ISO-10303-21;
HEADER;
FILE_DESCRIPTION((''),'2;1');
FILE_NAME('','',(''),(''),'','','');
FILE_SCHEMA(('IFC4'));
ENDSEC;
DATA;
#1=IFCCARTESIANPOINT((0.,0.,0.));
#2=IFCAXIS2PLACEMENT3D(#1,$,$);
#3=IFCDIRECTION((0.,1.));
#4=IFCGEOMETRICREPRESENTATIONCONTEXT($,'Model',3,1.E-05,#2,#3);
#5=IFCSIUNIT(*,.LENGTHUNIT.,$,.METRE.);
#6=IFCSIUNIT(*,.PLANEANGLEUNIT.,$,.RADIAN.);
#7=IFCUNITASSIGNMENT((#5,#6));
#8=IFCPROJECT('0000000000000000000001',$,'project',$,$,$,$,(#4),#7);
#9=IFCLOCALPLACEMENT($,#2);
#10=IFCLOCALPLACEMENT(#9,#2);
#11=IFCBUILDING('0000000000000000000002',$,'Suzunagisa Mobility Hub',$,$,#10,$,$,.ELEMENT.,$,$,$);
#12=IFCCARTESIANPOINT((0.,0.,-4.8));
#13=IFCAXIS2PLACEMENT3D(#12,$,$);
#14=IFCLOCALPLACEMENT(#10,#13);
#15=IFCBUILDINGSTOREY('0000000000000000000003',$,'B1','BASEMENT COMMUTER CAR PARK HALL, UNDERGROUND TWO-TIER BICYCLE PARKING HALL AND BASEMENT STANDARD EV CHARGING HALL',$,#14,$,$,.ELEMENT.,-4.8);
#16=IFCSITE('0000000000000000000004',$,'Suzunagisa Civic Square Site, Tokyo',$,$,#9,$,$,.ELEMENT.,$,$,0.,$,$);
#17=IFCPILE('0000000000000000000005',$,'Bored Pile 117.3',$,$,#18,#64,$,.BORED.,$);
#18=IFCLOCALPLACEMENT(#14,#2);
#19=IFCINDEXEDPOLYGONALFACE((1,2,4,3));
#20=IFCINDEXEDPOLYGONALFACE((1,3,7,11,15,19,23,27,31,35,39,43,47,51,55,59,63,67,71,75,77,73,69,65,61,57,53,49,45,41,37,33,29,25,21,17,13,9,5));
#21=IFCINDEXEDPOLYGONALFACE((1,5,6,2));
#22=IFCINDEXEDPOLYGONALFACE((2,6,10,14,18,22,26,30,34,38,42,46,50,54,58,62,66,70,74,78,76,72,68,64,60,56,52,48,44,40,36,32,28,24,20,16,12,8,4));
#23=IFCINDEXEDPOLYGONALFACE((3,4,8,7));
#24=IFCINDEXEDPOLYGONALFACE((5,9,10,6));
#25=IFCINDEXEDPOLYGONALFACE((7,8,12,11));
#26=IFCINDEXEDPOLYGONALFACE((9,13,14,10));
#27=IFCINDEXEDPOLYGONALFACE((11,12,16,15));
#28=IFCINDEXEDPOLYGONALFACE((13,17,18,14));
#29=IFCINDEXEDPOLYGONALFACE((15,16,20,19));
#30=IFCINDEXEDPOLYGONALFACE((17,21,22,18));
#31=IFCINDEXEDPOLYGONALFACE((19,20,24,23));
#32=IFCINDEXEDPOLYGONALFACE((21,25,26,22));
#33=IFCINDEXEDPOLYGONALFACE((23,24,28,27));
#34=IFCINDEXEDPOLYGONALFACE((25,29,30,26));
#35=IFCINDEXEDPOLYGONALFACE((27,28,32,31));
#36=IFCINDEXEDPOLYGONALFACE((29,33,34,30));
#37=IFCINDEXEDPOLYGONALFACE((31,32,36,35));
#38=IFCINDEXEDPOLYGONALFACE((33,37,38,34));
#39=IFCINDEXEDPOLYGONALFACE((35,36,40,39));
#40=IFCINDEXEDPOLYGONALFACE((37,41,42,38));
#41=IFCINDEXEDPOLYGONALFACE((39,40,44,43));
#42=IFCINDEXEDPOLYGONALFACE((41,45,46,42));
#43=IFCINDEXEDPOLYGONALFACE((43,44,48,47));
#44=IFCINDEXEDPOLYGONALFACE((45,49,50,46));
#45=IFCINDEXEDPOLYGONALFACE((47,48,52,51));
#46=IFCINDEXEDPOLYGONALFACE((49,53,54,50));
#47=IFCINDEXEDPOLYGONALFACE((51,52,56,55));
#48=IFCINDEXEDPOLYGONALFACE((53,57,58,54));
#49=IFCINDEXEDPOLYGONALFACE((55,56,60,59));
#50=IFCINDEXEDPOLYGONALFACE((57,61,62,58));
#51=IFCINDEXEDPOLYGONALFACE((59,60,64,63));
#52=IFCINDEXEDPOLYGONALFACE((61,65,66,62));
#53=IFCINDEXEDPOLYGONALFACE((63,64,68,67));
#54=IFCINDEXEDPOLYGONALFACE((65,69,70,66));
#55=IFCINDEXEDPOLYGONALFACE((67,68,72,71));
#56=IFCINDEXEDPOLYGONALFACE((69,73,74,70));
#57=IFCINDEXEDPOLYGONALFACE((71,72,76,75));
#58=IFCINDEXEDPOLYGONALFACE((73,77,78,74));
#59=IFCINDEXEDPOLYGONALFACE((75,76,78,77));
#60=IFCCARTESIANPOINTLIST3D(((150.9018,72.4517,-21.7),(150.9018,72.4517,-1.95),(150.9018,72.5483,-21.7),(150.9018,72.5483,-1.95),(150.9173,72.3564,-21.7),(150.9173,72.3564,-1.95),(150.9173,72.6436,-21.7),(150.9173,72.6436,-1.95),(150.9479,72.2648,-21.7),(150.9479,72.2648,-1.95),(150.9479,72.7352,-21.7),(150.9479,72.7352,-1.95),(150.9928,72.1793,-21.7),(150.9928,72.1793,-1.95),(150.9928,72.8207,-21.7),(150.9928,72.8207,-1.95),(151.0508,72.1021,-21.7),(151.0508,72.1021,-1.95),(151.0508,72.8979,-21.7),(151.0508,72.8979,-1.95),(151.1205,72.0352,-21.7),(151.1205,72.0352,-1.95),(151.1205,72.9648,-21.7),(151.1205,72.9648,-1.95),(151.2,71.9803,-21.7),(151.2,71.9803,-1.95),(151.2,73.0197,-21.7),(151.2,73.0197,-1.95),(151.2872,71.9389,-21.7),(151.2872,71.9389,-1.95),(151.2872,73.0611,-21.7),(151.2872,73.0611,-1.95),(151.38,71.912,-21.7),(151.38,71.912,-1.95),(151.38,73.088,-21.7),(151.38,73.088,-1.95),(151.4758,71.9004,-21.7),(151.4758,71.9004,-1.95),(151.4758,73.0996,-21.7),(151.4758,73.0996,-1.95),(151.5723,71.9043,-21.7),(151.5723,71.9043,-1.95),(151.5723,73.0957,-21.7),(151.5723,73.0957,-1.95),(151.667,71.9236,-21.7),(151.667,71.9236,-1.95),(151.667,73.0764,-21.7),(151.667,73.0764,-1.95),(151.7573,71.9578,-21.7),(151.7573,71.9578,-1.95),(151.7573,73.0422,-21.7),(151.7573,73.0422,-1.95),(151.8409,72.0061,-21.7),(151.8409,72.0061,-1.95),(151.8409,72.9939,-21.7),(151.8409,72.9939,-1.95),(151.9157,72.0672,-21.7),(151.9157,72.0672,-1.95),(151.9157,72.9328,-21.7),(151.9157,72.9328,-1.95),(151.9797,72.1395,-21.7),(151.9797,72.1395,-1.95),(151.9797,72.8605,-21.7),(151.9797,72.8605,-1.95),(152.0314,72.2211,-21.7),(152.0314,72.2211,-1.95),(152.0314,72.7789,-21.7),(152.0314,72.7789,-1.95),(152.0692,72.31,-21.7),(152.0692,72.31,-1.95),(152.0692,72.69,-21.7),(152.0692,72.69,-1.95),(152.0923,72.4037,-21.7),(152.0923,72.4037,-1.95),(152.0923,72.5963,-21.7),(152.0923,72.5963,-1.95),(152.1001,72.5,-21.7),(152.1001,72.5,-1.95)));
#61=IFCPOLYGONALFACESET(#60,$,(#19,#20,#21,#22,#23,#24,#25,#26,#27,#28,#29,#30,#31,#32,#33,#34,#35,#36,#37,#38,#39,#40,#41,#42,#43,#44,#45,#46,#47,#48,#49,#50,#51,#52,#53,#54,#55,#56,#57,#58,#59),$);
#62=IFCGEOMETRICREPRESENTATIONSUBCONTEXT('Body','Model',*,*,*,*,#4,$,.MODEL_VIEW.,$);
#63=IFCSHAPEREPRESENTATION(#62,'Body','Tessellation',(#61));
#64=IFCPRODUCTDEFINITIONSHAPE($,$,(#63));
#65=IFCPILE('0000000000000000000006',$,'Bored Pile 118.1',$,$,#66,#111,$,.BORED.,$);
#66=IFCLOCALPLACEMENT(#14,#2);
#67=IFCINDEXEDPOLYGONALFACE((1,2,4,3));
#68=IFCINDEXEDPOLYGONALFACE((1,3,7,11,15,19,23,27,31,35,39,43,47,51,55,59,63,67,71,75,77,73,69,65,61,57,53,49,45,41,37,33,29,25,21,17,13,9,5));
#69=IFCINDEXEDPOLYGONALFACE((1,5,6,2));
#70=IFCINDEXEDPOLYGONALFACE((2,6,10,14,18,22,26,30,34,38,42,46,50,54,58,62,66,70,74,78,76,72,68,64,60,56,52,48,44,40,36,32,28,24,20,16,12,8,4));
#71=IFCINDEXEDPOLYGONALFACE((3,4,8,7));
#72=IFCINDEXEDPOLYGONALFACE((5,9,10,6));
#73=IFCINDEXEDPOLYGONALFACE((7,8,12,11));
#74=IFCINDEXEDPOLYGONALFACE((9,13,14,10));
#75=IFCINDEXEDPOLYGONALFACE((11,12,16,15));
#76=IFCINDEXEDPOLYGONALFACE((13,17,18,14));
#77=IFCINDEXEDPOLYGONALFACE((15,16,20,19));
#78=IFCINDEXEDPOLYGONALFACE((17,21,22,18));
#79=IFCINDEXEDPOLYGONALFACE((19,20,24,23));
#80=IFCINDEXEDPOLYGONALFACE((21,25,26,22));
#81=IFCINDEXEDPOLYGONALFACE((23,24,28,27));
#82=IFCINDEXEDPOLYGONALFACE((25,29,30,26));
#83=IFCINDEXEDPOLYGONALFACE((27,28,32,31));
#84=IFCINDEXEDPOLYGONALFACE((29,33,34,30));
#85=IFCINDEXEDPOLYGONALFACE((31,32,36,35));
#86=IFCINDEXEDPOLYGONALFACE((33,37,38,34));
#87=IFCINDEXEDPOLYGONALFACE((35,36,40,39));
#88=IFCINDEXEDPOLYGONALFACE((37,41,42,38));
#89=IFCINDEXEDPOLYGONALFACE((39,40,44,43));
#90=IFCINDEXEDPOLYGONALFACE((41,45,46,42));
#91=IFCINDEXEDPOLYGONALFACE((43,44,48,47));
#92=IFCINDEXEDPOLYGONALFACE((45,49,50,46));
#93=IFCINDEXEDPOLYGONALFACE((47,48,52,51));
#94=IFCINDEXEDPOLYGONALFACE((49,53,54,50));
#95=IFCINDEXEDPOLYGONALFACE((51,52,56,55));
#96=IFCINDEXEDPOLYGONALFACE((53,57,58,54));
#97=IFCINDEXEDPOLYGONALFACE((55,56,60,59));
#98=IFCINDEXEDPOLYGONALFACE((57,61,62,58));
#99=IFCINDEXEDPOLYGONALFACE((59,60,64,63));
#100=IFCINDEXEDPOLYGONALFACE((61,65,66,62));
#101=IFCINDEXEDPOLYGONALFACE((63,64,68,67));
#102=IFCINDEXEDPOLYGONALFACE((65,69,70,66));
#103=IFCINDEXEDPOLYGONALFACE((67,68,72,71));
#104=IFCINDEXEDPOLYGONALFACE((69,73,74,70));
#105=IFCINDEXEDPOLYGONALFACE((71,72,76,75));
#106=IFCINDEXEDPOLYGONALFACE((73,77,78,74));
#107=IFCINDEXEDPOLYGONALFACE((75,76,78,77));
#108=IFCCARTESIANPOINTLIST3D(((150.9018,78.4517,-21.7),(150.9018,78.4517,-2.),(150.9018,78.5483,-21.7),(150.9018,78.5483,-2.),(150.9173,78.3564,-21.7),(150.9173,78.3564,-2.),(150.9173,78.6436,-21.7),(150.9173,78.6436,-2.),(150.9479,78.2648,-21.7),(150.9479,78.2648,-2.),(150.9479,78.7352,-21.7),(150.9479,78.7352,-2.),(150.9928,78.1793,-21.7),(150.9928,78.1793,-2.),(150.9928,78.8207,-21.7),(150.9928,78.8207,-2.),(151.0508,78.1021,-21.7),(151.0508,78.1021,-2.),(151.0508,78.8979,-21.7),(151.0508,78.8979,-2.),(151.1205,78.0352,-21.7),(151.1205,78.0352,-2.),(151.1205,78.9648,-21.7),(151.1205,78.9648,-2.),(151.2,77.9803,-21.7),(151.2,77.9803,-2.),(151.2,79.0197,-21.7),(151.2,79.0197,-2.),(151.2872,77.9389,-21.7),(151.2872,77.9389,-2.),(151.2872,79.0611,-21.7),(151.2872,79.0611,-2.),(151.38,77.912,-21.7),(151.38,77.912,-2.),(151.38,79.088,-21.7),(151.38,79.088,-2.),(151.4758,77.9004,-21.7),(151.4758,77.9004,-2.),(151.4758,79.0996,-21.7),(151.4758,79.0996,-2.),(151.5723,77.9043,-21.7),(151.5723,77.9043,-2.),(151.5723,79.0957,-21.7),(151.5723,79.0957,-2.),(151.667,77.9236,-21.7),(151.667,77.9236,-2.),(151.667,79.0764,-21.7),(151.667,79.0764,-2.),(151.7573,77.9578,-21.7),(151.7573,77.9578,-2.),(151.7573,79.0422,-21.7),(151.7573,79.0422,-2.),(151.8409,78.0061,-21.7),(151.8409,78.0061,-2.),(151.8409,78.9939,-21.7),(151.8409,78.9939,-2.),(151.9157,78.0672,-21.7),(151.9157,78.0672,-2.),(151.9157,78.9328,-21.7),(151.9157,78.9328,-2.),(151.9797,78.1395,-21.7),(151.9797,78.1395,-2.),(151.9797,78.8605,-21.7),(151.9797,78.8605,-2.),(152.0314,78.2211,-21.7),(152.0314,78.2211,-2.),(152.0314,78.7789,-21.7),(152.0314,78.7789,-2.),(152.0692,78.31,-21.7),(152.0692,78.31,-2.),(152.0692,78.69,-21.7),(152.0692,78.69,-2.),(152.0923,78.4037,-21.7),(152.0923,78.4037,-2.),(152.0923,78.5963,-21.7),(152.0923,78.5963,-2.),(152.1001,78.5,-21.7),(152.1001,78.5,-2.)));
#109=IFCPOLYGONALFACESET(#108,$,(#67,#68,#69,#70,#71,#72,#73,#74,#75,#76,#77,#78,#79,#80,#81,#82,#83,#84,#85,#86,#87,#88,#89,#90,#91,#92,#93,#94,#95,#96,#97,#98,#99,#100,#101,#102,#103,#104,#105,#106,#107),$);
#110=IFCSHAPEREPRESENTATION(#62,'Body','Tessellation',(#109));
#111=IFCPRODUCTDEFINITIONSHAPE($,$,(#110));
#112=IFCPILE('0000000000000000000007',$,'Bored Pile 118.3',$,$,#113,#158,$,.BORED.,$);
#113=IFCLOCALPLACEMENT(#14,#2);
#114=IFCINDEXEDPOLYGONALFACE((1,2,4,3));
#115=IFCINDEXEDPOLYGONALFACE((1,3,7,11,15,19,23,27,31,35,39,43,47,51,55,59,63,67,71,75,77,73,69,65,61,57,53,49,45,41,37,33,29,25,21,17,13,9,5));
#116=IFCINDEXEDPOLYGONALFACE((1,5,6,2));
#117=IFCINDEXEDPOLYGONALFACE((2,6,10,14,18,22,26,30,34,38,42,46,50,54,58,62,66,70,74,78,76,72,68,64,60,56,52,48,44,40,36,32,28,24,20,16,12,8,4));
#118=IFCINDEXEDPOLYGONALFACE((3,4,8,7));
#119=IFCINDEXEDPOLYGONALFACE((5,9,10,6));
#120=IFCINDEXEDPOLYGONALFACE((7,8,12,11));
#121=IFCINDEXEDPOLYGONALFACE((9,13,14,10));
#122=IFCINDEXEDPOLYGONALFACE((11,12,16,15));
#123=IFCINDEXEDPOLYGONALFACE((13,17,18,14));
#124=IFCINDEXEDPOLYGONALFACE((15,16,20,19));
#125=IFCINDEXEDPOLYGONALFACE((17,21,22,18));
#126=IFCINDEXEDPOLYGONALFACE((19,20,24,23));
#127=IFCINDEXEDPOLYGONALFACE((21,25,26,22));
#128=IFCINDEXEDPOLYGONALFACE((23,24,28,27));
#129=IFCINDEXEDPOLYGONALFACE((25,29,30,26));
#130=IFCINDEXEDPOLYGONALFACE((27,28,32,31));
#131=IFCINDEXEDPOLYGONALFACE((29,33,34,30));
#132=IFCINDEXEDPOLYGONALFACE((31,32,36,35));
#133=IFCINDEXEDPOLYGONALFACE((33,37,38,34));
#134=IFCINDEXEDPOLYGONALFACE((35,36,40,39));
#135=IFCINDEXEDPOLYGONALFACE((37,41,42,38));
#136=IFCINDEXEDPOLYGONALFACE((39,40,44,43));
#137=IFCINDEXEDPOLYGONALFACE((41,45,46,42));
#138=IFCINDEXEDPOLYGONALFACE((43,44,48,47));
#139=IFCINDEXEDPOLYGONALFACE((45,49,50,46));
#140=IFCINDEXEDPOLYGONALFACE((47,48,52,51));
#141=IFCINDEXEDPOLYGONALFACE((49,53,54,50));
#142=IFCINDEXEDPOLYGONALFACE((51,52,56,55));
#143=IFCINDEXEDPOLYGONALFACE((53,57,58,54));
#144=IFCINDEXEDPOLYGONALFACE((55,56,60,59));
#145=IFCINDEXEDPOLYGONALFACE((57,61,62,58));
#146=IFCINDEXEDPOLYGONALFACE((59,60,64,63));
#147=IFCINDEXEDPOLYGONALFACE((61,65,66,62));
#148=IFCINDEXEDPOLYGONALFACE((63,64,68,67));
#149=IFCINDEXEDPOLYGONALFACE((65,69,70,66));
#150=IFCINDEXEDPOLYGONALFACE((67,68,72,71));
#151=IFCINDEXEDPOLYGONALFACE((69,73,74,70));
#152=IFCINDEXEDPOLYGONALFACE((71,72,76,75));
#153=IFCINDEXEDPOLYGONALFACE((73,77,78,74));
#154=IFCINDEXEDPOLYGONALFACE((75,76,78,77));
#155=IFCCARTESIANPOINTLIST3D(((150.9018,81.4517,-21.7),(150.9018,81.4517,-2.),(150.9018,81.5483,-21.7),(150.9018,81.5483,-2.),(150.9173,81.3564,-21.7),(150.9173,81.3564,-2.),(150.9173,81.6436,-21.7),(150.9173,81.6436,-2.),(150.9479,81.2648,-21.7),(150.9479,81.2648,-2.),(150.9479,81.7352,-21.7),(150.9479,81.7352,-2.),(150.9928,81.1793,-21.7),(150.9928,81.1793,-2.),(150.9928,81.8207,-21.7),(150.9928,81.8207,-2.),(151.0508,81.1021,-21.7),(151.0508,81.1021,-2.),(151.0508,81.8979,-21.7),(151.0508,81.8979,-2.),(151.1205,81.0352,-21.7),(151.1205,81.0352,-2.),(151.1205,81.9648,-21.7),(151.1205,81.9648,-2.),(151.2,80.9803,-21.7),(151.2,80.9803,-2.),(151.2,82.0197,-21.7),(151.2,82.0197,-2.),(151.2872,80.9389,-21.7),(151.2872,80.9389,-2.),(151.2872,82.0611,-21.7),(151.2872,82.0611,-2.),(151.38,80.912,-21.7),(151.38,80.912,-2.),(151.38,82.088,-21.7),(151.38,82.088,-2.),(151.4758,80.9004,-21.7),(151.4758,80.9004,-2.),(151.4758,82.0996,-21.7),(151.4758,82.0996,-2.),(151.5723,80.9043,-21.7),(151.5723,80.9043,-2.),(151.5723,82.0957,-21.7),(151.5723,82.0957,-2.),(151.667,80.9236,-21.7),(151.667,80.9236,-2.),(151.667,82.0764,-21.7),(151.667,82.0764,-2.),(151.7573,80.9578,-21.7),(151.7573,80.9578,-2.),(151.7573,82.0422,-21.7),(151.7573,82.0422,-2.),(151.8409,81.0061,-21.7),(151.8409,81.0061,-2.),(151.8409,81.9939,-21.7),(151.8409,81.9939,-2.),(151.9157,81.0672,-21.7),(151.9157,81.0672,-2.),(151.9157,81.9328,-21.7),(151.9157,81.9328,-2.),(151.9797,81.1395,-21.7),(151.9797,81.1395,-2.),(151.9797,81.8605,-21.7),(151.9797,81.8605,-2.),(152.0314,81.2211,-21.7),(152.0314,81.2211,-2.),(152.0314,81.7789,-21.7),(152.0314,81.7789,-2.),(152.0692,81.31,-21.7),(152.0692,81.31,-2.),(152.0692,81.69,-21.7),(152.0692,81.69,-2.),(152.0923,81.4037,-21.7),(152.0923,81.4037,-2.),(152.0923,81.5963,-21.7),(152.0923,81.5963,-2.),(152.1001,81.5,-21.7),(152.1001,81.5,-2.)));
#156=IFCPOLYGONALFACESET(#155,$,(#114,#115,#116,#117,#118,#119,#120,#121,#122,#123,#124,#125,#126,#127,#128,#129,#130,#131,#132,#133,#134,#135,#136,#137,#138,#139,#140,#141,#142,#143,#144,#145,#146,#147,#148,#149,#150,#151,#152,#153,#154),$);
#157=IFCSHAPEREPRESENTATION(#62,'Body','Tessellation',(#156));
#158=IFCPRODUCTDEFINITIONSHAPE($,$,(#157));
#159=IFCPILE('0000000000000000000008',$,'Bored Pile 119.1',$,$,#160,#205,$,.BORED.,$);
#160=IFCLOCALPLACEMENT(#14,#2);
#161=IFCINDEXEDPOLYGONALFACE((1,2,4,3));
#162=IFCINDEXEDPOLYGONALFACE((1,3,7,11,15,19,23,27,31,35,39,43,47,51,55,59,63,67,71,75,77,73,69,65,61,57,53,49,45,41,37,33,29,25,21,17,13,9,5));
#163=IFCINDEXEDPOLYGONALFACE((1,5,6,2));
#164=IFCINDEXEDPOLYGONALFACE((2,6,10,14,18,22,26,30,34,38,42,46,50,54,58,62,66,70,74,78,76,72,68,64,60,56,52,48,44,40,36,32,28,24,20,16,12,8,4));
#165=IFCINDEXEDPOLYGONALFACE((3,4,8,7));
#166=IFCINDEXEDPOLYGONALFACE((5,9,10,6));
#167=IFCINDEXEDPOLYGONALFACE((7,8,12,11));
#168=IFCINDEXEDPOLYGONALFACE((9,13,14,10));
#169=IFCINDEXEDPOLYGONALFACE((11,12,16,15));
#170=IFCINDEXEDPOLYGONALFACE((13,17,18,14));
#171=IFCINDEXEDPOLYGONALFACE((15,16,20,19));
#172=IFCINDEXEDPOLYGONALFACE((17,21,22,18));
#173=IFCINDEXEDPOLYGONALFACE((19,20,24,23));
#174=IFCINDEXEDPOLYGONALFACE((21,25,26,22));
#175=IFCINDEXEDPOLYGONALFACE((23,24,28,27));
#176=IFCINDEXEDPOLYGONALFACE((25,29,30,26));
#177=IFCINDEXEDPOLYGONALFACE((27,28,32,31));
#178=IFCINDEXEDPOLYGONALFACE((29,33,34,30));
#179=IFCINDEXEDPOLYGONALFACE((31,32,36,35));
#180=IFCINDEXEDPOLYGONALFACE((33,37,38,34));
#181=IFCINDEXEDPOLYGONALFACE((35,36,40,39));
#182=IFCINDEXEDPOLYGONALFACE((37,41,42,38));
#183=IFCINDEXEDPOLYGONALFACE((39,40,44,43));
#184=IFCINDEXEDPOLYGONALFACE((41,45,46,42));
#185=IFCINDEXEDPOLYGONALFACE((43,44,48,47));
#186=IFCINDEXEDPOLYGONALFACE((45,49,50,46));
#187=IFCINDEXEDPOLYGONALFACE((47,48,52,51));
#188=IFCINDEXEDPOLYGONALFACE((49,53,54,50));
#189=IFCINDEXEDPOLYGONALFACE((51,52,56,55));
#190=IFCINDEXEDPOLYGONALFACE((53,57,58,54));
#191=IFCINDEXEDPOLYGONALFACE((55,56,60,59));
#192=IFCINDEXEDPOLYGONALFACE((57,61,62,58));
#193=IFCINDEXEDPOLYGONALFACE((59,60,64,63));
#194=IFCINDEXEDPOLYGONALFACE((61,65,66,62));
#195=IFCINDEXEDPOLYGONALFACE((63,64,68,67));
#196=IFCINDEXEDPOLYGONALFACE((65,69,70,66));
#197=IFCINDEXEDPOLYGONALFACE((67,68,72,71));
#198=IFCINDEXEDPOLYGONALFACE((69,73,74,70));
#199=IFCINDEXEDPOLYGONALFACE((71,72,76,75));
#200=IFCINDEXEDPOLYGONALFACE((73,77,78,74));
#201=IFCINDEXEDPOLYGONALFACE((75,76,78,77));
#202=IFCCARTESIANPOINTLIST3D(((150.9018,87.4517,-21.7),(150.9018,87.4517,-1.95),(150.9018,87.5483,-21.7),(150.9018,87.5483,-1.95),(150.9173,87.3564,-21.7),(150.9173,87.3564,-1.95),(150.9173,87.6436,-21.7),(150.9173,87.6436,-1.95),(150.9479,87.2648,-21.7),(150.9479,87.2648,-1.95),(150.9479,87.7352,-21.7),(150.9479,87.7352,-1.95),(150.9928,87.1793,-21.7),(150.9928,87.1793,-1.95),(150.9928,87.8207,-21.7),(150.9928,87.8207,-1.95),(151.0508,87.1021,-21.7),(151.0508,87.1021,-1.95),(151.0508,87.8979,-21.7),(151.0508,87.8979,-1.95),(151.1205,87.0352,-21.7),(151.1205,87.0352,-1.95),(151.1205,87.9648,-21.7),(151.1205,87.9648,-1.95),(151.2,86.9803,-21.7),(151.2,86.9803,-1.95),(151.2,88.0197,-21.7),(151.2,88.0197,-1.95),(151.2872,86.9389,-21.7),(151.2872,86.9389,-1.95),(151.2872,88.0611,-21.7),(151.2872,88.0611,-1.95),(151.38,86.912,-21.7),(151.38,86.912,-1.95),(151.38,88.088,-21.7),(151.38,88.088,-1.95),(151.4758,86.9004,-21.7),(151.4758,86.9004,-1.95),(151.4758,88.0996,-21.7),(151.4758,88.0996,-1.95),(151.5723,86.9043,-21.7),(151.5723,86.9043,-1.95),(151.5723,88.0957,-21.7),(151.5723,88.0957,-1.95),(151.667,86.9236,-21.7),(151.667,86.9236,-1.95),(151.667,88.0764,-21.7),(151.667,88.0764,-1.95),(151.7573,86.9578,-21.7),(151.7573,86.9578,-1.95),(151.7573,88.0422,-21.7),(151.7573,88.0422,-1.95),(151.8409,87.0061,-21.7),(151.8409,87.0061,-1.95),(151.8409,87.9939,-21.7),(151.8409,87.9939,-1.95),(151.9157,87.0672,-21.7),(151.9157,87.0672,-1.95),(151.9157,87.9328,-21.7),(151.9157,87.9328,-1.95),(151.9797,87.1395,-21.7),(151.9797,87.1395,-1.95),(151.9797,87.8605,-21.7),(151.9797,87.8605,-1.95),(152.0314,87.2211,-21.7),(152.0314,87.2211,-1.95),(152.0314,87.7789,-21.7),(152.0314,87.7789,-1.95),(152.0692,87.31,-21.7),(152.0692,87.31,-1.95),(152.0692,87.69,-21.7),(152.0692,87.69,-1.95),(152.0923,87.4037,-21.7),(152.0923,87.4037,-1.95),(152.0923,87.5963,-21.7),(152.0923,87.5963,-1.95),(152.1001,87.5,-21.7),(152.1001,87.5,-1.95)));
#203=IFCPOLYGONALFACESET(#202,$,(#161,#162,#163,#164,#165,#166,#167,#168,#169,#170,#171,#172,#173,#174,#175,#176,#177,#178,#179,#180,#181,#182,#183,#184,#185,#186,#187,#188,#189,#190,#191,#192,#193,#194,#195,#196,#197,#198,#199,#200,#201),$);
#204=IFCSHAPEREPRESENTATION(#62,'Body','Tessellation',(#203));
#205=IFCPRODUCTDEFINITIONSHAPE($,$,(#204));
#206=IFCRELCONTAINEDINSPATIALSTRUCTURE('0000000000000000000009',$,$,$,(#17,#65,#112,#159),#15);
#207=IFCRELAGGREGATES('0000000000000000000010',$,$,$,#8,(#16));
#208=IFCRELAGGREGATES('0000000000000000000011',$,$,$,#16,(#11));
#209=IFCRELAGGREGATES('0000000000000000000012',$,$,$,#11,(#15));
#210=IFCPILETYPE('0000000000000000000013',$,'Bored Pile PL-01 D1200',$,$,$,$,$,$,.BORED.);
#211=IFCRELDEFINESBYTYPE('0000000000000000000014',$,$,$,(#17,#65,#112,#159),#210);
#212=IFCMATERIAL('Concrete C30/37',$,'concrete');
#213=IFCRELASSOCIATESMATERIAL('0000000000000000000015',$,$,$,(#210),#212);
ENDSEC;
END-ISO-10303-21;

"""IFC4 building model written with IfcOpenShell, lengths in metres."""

from ifc_helpers import new_model, si_unit, direction, frame, origin, origin_2d, place, context, subcontext, project, spatial, circle, extrude, material, material_profile, profile_set, type_object, element, save


model = new_model("IFC4")

# Units and contexts
model_context = context("Model", 3, precision=1e-05, world=origin(), true_north=direction((0.0, 1.0)))
body_context = subcontext(model_context, "Body", "Model", "MODEL_VIEW")
ifc_project = project(units=[si_unit("LENGTHUNIT", "METRE"), si_unit("PLANEANGLEUNIT", "RADIAN")], contexts=[model_context])

# Site, building, storey
site_placement = place(None, origin())
site = spatial("IfcSite", under=ifc_project, at=site_placement, Name="Suzunagisa Civic Square Site, Tokyo", CompositionType="ELEMENT", RefElevation=0.0)
building_placement = place(site_placement, origin())
building = spatial("IfcBuilding", under=site, at=building_placement, Name="Suzunagisa Mobility Hub", CompositionType="ELEMENT")
storey_placement = place(building_placement, frame((0.0, 0.0, -4.8)))
storey = spatial("IfcBuildingStorey", under=building, at=storey_placement, Name="B1", Description="BASEMENT COMMUTER CAR PARK HALL, UNDERGROUND TWO-TIER BICYCLE PARKING HALL AND BASEMENT STANDARD EV CHARGING HALL", CompositionType="ELEMENT", Elevation=-4.8)

# Piles
ifc_material_1 = material(Name="Concrete C30/37", Category="concrete")
ifc_material_profile_1 = material_profile(ifc_material_1, circle(Radius=0.6001, at=origin_2d()), Name="BORED PILE D1200")
ifc_profile_set_1 = profile_set([ifc_material_profile_1], Name="Concrete C30/37")
pile_type = type_object("IfcPileType", Name="Bored Pile PL-01 D1200", PredefinedType="BORED", material=ifc_profile_set_1)
pile_1_placement = place(storey_placement, frame((151.5, 72.5, -1.95), z_axis=(0.0, 0.0, -1.0), x_axis=(1.0, 0.0, 0.0)))
element("IfcPile", 1, at=pile_1_placement, inside=storey, type_object=pile_type, Name="Bored Pile 117.3", PredefinedType="BORED", context=body_context, shape_type="SweptSolid", body=[
    extrude(circle(Radius=0.6001, at=origin_2d()), origin(), (0.0, 0.0, 1.0), 19.75),
])
for number, where, z_axis, x_axis, name in (
    (2, (151.5, 78.5, -2.0), (0.0, 0.0, -1.0), (1.0, 0.0, 0.0), "Bored Pile 118.1"),
    (3, (151.5, 81.5, -2.0), (0.0, 0.0, -1.0), (1.0, 0.0, 0.0), "Bored Pile 118.3"),
):
    element("IfcPile", number, at=place(storey_placement, frame(where, z_axis=z_axis, x_axis=x_axis)), inside=storey, type_object=pile_type, Name=name, PredefinedType="BORED", context=body_context, shape_type="SweptSolid", body=[
        extrude(circle(Radius=0.6001, at=origin_2d()), origin(), (0.0, 0.0, 1.0), 19.7),
    ])
pile_2_placement = place(storey_placement, frame((151.5, 87.5, -1.95), z_axis=(0.0, 0.0, -1.0), x_axis=(1.0, 0.0, 0.0)))
element("IfcPile", 4, at=pile_2_placement, inside=storey, type_object=pile_type, Name="Bored Pile 119.1", PredefinedType="BORED", context=body_context, shape_type="SweptSolid", body=[
    extrude(circle(Radius=0.6001, at=origin_2d()), origin(), (0.0, 0.0, 1.0), 19.75),
])

save(model, "model.ifc")
